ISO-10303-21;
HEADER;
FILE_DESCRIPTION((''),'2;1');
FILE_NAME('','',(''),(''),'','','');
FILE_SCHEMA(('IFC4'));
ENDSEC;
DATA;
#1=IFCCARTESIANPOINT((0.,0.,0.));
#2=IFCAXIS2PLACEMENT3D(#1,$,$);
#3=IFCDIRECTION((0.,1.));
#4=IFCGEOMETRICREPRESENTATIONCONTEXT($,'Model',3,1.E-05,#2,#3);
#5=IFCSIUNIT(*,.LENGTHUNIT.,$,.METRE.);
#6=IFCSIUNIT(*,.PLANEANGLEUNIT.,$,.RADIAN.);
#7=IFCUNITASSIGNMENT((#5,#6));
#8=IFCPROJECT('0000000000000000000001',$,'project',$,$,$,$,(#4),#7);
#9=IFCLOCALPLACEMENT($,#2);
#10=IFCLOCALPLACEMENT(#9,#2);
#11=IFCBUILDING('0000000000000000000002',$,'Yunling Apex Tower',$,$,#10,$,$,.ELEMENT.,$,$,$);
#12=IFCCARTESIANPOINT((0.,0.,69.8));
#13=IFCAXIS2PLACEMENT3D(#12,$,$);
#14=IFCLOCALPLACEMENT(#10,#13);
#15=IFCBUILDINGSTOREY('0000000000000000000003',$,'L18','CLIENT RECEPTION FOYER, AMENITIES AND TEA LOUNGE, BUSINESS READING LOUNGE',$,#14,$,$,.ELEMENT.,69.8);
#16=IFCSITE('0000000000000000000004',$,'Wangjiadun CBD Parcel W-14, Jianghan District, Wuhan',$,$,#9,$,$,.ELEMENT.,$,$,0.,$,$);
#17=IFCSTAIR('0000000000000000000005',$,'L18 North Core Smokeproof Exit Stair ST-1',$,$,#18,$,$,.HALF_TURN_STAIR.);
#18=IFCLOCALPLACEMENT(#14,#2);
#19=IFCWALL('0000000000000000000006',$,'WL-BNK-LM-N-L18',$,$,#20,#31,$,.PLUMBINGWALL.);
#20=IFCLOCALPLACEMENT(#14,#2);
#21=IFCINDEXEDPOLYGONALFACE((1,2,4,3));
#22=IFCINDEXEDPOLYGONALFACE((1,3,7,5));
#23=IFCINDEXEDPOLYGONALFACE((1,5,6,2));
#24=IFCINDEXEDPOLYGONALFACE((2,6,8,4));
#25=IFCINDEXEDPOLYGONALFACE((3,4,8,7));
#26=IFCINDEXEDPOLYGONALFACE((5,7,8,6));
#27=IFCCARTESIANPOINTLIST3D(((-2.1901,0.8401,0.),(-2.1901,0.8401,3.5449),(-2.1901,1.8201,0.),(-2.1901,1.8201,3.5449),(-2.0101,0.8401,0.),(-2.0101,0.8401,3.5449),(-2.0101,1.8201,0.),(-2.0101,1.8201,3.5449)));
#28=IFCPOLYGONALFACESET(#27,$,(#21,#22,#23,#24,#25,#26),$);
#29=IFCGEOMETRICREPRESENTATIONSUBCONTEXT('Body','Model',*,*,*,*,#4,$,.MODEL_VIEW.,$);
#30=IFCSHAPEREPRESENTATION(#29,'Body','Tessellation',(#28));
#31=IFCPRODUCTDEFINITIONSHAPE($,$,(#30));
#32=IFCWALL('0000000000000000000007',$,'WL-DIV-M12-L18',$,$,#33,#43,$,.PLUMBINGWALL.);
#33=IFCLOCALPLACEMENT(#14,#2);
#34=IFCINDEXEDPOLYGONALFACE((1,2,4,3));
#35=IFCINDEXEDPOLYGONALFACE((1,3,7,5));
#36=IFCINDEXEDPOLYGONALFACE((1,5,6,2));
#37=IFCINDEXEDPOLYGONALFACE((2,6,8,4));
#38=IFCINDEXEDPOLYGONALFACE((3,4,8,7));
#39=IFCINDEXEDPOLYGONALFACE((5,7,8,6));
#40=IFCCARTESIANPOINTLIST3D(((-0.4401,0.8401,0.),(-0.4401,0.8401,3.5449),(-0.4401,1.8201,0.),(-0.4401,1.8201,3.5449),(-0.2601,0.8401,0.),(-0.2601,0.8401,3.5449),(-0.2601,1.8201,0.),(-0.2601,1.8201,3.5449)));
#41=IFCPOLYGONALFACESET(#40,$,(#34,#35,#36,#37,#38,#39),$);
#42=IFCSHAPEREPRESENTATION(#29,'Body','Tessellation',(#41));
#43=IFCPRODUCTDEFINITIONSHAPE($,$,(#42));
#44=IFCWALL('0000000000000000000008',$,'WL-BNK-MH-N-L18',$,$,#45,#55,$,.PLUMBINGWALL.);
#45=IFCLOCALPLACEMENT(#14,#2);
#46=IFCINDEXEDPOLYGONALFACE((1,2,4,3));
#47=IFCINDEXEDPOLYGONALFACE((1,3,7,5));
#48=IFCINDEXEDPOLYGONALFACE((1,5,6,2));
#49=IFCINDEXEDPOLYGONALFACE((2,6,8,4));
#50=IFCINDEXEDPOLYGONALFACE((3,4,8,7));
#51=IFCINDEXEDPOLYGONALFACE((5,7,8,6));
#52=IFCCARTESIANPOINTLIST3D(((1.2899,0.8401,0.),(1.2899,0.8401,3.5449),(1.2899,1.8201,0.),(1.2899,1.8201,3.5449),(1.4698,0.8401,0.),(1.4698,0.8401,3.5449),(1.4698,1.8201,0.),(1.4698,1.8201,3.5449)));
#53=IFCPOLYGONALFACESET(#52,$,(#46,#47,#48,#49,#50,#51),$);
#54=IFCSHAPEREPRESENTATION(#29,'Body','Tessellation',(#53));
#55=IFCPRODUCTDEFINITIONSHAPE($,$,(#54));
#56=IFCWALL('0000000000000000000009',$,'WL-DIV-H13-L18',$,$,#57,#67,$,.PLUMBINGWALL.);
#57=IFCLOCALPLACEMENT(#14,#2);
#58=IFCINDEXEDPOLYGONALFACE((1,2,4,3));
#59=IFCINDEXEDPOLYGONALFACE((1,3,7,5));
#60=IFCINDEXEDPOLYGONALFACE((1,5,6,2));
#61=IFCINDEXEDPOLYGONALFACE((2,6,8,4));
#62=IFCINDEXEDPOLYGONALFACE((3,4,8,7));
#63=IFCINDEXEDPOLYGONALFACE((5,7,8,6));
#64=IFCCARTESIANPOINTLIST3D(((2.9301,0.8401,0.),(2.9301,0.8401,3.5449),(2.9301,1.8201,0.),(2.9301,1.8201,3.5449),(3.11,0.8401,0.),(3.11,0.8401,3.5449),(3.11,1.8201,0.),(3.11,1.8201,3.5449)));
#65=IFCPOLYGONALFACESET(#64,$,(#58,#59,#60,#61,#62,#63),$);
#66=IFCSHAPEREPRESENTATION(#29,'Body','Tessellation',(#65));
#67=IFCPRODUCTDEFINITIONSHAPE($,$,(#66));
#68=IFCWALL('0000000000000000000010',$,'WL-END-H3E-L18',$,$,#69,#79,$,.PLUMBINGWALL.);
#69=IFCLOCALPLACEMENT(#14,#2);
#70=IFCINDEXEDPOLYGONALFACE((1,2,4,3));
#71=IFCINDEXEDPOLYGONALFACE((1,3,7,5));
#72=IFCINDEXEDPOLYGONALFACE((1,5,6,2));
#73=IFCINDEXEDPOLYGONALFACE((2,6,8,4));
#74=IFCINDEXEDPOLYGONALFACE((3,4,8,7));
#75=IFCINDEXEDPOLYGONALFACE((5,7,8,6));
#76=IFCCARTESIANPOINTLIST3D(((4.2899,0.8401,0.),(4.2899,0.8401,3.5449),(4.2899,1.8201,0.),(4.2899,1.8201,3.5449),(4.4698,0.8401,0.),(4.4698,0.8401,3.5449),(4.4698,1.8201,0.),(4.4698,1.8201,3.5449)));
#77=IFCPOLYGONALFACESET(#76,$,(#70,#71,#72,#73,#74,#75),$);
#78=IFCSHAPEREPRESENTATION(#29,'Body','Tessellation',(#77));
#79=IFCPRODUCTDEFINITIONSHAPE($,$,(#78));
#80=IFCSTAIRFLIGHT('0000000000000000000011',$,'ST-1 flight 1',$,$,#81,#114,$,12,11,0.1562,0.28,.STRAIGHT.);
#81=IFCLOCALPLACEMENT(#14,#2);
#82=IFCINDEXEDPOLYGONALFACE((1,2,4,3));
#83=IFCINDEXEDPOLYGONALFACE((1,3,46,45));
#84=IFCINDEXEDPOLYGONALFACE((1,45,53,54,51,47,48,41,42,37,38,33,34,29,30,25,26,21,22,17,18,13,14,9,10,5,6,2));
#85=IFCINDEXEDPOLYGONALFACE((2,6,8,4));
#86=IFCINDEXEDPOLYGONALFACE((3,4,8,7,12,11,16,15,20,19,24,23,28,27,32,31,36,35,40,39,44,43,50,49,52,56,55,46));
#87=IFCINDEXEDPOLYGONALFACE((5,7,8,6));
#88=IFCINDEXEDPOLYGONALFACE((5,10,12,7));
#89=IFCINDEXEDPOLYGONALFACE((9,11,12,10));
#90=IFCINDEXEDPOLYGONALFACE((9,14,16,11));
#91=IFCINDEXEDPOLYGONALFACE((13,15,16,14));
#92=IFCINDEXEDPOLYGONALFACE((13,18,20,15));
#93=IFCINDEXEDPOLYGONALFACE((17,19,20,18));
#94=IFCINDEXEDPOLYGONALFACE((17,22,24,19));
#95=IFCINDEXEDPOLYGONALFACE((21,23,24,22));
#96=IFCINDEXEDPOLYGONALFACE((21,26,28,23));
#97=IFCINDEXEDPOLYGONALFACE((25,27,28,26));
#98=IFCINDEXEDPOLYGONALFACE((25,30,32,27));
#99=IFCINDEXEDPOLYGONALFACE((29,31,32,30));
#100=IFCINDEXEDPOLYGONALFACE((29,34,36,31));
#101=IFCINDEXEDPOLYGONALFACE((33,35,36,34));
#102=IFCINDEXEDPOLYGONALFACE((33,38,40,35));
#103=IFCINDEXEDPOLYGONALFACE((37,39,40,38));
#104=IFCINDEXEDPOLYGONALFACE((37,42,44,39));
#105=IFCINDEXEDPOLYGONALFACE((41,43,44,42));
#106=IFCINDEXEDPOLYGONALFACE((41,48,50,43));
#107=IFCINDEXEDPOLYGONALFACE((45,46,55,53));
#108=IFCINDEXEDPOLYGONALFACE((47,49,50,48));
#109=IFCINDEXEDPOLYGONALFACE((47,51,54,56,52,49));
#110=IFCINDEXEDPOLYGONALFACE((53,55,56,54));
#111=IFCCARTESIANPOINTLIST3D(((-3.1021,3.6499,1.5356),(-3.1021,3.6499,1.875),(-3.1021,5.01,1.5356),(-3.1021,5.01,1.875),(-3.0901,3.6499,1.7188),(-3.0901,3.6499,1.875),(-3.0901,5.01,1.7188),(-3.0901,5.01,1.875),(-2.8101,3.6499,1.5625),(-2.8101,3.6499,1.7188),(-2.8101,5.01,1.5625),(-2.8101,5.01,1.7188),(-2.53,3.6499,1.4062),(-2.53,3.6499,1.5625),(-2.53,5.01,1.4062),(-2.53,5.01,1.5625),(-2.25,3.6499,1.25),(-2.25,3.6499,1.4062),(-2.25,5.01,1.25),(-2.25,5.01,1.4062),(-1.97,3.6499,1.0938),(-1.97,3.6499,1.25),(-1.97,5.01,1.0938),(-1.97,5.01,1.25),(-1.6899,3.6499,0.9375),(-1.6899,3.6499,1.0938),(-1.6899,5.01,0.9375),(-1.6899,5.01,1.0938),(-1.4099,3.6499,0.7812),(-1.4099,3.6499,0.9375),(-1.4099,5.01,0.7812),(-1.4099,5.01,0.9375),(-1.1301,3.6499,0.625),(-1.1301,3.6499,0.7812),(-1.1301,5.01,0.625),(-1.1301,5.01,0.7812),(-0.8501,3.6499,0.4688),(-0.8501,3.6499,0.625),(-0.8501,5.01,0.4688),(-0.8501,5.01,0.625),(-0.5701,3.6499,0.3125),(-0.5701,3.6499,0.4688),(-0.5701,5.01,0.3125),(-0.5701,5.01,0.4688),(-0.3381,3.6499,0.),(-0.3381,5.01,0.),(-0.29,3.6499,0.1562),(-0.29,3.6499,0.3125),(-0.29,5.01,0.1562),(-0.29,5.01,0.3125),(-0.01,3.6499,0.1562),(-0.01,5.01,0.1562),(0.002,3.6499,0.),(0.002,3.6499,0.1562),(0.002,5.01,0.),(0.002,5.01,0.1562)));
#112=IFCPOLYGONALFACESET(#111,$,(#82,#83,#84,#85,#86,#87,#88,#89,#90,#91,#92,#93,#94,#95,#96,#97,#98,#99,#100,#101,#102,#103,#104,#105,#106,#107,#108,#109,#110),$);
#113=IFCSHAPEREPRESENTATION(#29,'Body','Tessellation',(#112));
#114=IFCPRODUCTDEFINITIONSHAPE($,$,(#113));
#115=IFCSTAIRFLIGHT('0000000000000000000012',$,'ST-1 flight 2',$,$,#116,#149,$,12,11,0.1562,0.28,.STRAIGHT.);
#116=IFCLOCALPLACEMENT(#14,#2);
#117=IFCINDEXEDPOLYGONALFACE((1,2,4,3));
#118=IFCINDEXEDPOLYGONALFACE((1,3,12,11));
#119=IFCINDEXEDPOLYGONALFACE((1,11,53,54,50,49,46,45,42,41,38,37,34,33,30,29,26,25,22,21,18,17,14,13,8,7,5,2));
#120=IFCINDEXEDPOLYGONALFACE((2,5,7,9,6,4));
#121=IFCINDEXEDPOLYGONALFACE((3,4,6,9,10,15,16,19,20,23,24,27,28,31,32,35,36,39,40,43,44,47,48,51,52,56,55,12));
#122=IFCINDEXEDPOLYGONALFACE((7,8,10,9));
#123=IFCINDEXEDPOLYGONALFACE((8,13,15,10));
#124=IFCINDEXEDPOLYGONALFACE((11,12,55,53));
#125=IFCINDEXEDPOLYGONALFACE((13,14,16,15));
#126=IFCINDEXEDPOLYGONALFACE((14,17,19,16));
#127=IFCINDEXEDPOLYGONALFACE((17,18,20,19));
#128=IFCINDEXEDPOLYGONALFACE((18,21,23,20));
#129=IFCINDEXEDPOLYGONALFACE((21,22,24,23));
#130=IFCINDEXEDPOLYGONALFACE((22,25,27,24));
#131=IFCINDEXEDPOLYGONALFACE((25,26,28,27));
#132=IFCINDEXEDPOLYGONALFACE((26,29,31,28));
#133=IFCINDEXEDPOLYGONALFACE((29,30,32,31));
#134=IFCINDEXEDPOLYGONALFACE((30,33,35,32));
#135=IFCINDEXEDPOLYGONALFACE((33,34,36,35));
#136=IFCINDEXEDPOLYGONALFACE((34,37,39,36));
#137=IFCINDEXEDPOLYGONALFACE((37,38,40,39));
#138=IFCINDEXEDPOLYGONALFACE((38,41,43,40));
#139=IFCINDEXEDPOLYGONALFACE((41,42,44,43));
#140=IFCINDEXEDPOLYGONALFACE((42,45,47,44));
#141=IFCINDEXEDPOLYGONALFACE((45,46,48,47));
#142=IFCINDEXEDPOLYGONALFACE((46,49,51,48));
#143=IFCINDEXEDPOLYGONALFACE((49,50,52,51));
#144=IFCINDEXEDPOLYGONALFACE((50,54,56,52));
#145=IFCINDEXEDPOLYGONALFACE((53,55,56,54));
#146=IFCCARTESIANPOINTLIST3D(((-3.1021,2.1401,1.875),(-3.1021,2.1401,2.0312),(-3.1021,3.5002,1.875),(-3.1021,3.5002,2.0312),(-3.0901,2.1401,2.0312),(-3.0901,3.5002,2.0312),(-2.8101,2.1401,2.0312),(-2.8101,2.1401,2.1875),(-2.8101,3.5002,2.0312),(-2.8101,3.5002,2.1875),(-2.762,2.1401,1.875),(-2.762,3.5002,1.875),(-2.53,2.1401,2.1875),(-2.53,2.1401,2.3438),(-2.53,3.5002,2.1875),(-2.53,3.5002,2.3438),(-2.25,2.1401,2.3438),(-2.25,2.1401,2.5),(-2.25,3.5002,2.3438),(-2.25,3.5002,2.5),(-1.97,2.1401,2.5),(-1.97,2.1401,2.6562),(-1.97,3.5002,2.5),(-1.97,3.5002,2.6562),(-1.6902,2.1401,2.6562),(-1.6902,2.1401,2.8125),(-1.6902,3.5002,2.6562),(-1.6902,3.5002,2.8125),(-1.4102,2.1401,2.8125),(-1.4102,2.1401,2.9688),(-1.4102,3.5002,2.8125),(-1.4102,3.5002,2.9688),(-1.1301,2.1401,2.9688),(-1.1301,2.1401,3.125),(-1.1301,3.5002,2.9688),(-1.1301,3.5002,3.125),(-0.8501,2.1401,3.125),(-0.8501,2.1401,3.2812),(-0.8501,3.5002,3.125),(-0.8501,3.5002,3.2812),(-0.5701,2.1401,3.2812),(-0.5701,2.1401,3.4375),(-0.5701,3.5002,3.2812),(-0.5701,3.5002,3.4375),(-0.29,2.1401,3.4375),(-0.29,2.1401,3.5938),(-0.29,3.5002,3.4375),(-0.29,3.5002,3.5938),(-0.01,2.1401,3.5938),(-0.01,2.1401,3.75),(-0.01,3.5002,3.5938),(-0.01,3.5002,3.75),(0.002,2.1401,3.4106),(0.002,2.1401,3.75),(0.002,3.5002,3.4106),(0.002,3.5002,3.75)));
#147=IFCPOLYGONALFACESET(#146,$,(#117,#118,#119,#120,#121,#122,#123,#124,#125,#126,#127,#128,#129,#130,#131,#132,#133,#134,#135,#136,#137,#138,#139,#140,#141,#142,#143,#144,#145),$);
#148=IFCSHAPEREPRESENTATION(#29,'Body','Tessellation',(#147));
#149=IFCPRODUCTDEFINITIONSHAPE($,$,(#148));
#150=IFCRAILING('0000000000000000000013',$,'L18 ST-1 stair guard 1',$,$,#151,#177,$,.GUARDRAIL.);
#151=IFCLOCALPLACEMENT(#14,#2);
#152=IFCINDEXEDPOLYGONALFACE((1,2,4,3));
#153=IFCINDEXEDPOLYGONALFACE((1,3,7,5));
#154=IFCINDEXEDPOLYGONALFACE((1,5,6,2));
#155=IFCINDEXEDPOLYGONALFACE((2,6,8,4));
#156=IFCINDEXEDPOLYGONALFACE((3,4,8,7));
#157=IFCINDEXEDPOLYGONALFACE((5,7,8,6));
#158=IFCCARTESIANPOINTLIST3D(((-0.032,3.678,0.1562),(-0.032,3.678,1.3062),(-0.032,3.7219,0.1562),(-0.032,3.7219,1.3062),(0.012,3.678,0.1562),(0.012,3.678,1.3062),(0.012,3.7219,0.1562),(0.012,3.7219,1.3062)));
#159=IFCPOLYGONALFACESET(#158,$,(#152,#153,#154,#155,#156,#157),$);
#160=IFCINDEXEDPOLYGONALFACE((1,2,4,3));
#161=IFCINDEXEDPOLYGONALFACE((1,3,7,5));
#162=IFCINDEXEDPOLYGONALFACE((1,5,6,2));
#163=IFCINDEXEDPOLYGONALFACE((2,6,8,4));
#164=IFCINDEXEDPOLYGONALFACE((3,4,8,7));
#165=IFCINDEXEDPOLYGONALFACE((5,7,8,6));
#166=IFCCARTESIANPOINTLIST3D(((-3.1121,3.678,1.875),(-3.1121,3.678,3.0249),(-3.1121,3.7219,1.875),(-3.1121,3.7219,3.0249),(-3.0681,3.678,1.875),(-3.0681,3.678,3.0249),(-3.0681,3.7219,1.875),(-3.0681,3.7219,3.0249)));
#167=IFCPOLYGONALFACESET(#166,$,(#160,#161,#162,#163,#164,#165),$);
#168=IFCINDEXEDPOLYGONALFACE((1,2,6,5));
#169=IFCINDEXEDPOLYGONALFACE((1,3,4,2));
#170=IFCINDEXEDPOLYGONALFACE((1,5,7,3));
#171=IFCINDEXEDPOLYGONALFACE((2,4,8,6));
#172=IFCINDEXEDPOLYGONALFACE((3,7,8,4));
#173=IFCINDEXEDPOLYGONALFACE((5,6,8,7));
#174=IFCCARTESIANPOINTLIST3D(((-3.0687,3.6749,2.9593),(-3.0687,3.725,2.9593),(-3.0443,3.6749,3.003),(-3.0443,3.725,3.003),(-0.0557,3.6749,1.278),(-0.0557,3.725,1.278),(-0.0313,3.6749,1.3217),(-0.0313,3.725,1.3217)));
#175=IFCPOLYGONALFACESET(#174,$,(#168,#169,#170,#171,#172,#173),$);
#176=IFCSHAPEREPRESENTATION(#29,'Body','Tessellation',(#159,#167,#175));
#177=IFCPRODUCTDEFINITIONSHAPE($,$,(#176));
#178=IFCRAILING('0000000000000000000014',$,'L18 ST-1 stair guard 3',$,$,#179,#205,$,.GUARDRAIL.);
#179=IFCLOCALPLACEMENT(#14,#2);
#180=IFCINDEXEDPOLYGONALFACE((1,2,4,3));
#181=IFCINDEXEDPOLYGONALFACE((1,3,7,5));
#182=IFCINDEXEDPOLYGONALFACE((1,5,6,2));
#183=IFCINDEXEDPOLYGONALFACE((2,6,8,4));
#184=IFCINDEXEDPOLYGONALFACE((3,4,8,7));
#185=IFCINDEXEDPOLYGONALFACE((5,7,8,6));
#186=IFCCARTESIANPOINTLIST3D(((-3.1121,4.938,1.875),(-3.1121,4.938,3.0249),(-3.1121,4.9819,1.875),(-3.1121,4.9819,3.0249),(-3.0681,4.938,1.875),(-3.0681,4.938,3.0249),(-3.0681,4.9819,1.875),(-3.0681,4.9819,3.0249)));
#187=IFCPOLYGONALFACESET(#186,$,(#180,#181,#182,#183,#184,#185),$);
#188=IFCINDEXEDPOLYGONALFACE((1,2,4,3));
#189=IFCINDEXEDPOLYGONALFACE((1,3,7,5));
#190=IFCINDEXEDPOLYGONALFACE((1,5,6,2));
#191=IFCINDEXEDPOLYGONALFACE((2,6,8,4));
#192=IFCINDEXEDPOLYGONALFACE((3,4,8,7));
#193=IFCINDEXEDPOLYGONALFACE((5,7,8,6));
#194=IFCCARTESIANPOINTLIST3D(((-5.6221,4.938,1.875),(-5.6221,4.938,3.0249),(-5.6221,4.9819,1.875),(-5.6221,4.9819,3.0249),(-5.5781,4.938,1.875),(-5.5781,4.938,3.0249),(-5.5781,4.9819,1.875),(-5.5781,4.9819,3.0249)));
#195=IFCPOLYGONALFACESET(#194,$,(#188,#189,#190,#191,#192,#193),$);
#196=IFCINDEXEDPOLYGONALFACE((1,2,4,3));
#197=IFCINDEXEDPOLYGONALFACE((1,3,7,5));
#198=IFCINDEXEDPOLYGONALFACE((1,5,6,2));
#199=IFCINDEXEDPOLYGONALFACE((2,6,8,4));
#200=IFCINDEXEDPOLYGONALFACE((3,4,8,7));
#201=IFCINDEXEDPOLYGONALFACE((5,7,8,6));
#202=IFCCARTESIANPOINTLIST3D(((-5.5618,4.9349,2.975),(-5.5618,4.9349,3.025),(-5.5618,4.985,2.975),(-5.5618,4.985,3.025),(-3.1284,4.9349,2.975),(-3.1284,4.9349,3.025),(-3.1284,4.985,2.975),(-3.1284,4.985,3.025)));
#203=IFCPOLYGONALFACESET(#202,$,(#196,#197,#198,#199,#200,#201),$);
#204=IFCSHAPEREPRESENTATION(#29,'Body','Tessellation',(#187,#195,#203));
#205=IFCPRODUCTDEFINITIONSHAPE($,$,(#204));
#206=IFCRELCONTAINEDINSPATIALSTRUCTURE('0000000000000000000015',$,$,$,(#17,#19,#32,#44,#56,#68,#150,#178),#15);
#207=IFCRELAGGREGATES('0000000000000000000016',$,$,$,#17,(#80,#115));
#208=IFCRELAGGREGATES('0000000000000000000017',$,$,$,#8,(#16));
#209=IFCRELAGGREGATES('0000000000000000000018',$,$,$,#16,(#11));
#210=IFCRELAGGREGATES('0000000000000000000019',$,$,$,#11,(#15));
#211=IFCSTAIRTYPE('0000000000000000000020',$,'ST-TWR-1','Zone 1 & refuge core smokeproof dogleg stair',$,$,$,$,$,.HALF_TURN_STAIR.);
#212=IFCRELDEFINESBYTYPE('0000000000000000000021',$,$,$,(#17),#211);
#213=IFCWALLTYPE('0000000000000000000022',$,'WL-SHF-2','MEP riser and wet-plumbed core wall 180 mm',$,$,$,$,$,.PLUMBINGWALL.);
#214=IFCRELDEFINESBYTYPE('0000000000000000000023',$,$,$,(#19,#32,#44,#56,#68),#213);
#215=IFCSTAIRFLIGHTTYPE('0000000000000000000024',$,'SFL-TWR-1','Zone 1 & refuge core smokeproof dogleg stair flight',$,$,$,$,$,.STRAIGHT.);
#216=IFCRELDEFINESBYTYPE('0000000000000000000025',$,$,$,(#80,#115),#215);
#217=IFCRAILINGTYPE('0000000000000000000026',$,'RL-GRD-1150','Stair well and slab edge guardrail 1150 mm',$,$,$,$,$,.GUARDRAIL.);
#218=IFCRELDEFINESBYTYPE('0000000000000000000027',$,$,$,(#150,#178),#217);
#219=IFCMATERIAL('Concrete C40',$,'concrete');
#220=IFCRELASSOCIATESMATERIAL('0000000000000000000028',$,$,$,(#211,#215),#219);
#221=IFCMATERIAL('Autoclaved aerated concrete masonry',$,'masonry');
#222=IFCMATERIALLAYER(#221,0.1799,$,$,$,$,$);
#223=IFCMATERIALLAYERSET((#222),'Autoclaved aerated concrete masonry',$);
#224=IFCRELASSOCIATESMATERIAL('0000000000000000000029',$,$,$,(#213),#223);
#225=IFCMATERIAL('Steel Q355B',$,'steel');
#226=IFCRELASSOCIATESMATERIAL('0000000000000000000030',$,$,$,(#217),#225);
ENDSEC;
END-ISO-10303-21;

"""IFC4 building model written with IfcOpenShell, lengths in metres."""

from ifc_helpers import new_model, si_unit, direction, frame, frame_2d, origin, origin_2d, place, context, subcontext, project, spatial, polyline, rectangle, outline, extrude, material, layer, layer_set, type_object, element, aggregate, save


model = new_model("IFC4")

# Units and contexts
model_context = context("Model", 3, precision=1e-05, world=origin(), true_north=direction((0.0, 1.0)))
body_context = subcontext(model_context, "Body", "Model", "MODEL_VIEW")
ifc_project = project(units=[si_unit("LENGTHUNIT", "METRE"), si_unit("PLANEANGLEUNIT", "RADIAN")], contexts=[model_context])

# Site, building, storey
site_placement = place(None, origin())
site = spatial("IfcSite", under=ifc_project, at=site_placement, Name="Wangjiadun CBD Parcel W-14, Jianghan District, Wuhan", CompositionType="ELEMENT", RefElevation=0.0)
building_placement = place(site_placement, origin())
building = spatial("IfcBuilding", under=site, at=building_placement, Name="Yunling Apex Tower", CompositionType="ELEMENT")
storey_placement = place(building_placement, frame((0.0, 0.0, 69.8)))
storey = spatial("IfcBuildingStorey", under=building, at=storey_placement, Name="L18", Description="CLIENT RECEPTION FOYER, AMENITIES AND TEA LOUNGE, BUSINESS READING LOUNGE", CompositionType="ELEMENT", Elevation=69.8)

# Shared definitions
ifc_material_1 = material(Name="Concrete C40", Category="concrete")

# Stair
stair_type = type_object("IfcStairType", Name="ST-TWR-1", Description="Zone 1 & refuge core smokeproof dogleg stair", PredefinedType="HALF_TURN_STAIR", material=ifc_material_1)
stair_1_placement = place(storey_placement, origin())
stair_1 = element("IfcStair", 1, at=stair_1_placement, inside=storey, type_object=stair_type, Name="L18 North Core Smokeproof Exit Stair ST-1", PredefinedType="HALF_TURN_STAIR")

# Shared definitions
ifc_material_2 = material(Name="Autoclaved aerated concrete masonry", Category="masonry")
ifc_material_3 = material(Name="Steel Q355B", Category="steel")

# Walls
ifc_layer_1 = layer(ifc_material_2, 0.1799)
ifc_layer_set_1 = layer_set([ifc_layer_1], Name="Autoclaved aerated concrete masonry")
wall_type_1 = type_object("IfcWallType", Name="WL-SHF-2", Description="MEP riser and wet-plumbed core wall 180 mm", PredefinedType="PLUMBINGWALL", material=ifc_layer_set_1)
for number, where, z_axis, x_axis, name in (
    (2, (-2.1001, 0.8401, 0.0), (0.0, 0.0, 1.0), (0.0, 1.0, 0.0), "WL-BNK-LM-N-L18"),
    (3, (-0.3501, 0.8401, 0.0), (0.0, 0.0, 1.0), (0.0, 1.0, 0.0), "WL-DIV-M12-L18"),
    (4, (1.3799, 0.8401, 0.0), (0.0, 0.0, 1.0), (0.0, 1.0, 0.0), "WL-BNK-MH-N-L18"),
    (5, (3.02, 0.8401, 0.0), (0.0, 0.0, 1.0), (0.0, 1.0, 0.0), "WL-DIV-H13-L18"),
    (6, (4.3799, 0.8401, 0.0), (0.0, 0.0, 1.0), (0.0, 1.0, 0.0), "WL-END-H3E-L18"),
):
    element("IfcWall", number, at=place(storey_placement, frame(where, z_axis=z_axis, x_axis=x_axis)), inside=storey, type_object=wall_type_1, Name=name, PredefinedType="PLUMBINGWALL", context=body_context, shape_type="SweptSolid", body=[
        extrude(rectangle(XDim=0.98, YDim=0.1799, at=frame_2d((0.49, 0.0))), origin(), (0.0, 0.0, 1.0), 3.5449),
    ])

# Stair flights
stair_flight_type = type_object("IfcStairFlightType", Name="SFL-TWR-1", Description="Zone 1 & refuge core smokeproof dogleg stair flight", PredefinedType="STRAIGHT", material=ifc_material_1)
stair_flight_1_placement = place(storey_placement, frame((-0.01, 4.3301, 0.0), z_axis=(0.0, 0.0, 1.0), x_axis=(-1.0, 0.0, 0.0)))
stair_flight_1 = element("IfcStairFlight", 7, at=stair_flight_1_placement, type_object=stair_flight_type, Name="ST-1 flight 1", NumberOfRisers=12, NumberOfTreads=11, PredefinedType="STRAIGHT", RiserHeight=0.1562, TreadLength=0.28, context=body_context, shape_type="SweptSolid", body=[
    extrude(outline(polyline([(-0.012, 0.0), (-0.012, 0.1562), (0.0, 0.1562), (0.28, 0.1562), (0.28, 0.3125), (0.5601, 0.3125), (0.5601, 0.4688), (0.8401, 0.4688), (0.8401, 0.625), (1.1201, 0.625), (1.1201, 0.7812), (1.3999, 0.7812), (1.3999, 0.9375), (1.6799, 0.9375), (1.6799, 1.0938), (1.96, 1.0938), (1.96, 1.25), (2.24, 1.25), (2.24, 1.4062), (2.52, 1.4062), (2.52, 1.5625), (2.8, 1.5625), (2.8, 1.7188), (3.0801, 1.7188), (3.0801, 1.875), (3.092, 1.875), (3.092, 1.5356), (0.3281, 0.0), (-0.012, 0.0)])), frame((0.0, 0.6802, 0.0), z_axis=(0.0, -1.0, 0.0), x_axis=(1.0, 0.0, 0.0)), (0.0, 0.0, 1.0), 1.3601),
])
stair_flight_2_placement = place(storey_placement, frame((-3.0901, 2.8201, 1.875), z_axis=(0.0, 0.0, 1.0), x_axis=(1.0, 0.0, 0.0)))
stair_flight_2 = element("IfcStairFlight", 8, at=stair_flight_2_placement, type_object=stair_flight_type, Name="ST-1 flight 2", NumberOfRisers=12, NumberOfTreads=11, PredefinedType="STRAIGHT", RiserHeight=0.1562, TreadLength=0.28, context=body_context, shape_type="SweptSolid", body=[
    extrude(outline(polyline([(-0.012, 0.0), (-0.012, 0.1562), (0.0, 0.1562), (0.28, 0.1562), (0.28, 0.3125), (0.5601, 0.3125), (0.5601, 0.4688), (0.8401, 0.4688), (0.8401, 0.625), (1.1201, 0.625), (1.1201, 0.7812), (1.3999, 0.7812), (1.3999, 0.9375), (1.6799, 0.9375), (1.6799, 1.0938), (1.96, 1.0938), (1.96, 1.25), (2.24, 1.25), (2.24, 1.4062), (2.52, 1.4062), (2.52, 1.5625), (2.8, 1.5625), (2.8, 1.7188), (3.0801, 1.7188), (3.0801, 1.875), (3.092, 1.875), (3.092, 1.5356), (0.3281, 0.0), (-0.012, 0.0)])), frame((0.0, 0.6802, 0.0), z_axis=(0.0, -1.0, 0.0), x_axis=(1.0, 0.0, 0.0)), (0.0, 0.0, 1.0), 1.3601),
])
aggregate(stair_1, [stair_flight_1, stair_flight_2])

# Railings
railing_type_1 = type_object("IfcRailingType", Name="RL-GRD-1150", Description="Stair well and slab edge guardrail 1150 mm", PredefinedType="GUARDRAIL", material=ifc_material_3)
railing_1_placement = place(storey_placement, frame((-0.01, 3.7, 0.1562)))
element("IfcRailing", 9, at=railing_1_placement, inside=storey, type_object=railing_type_1, Name="L18 ST-1 stair guard 1", PredefinedType="GUARDRAIL", context=body_context, shape_type="SweptSolid", body=[
    extrude(rectangle(XDim=0.0439, YDim=0.0439, at=origin_2d()), origin(), (0.0, 0.0, 1.0), 1.1499),
    extrude(rectangle(XDim=0.0439, YDim=0.0439, at=origin_2d()), frame((-3.0801, 0.0, 1.7188)), (0.0, 0.0, 1.0), 1.1499),
    extrude(rectangle(XDim=0.05, YDim=0.05, at=origin_2d()), frame((-0.0334, 0.0, 1.1436), z_axis=(-0.873242, 0.0, 0.487288), x_axis=(0.0, -1.0, 0.0)), (0.0, 0.0, 1.0), 3.4504),
])
railing_2_placement = place(storey_placement, frame((-3.0901, 4.96, 1.875)))
element("IfcRailing", 10, at=railing_2_placement, inside=storey, type_object=railing_type_1, Name="L18 ST-1 stair guard 3", PredefinedType="GUARDRAIL", context=body_context, shape_type="SweptSolid", body=[
    extrude(rectangle(XDim=0.0439, YDim=0.0439, at=origin_2d()), origin(), (0.0, 0.0, 1.0), 1.1499),
    extrude(rectangle(XDim=0.0439, YDim=0.0439, at=origin_2d()), frame((-2.51, 0.0, 0.0)), (0.0, 0.0, 1.0), 1.1499),
    extrude(rectangle(XDim=0.05, YDim=0.05, at=origin_2d()), frame((-0.0383, 0.0, 1.125), z_axis=(-1.0, 0.0, 0.0), x_axis=(0.0, -1.0, 0.0)), (0.0, 0.0, 1.0), 2.4333),
])

save(model, "model.ifc")
